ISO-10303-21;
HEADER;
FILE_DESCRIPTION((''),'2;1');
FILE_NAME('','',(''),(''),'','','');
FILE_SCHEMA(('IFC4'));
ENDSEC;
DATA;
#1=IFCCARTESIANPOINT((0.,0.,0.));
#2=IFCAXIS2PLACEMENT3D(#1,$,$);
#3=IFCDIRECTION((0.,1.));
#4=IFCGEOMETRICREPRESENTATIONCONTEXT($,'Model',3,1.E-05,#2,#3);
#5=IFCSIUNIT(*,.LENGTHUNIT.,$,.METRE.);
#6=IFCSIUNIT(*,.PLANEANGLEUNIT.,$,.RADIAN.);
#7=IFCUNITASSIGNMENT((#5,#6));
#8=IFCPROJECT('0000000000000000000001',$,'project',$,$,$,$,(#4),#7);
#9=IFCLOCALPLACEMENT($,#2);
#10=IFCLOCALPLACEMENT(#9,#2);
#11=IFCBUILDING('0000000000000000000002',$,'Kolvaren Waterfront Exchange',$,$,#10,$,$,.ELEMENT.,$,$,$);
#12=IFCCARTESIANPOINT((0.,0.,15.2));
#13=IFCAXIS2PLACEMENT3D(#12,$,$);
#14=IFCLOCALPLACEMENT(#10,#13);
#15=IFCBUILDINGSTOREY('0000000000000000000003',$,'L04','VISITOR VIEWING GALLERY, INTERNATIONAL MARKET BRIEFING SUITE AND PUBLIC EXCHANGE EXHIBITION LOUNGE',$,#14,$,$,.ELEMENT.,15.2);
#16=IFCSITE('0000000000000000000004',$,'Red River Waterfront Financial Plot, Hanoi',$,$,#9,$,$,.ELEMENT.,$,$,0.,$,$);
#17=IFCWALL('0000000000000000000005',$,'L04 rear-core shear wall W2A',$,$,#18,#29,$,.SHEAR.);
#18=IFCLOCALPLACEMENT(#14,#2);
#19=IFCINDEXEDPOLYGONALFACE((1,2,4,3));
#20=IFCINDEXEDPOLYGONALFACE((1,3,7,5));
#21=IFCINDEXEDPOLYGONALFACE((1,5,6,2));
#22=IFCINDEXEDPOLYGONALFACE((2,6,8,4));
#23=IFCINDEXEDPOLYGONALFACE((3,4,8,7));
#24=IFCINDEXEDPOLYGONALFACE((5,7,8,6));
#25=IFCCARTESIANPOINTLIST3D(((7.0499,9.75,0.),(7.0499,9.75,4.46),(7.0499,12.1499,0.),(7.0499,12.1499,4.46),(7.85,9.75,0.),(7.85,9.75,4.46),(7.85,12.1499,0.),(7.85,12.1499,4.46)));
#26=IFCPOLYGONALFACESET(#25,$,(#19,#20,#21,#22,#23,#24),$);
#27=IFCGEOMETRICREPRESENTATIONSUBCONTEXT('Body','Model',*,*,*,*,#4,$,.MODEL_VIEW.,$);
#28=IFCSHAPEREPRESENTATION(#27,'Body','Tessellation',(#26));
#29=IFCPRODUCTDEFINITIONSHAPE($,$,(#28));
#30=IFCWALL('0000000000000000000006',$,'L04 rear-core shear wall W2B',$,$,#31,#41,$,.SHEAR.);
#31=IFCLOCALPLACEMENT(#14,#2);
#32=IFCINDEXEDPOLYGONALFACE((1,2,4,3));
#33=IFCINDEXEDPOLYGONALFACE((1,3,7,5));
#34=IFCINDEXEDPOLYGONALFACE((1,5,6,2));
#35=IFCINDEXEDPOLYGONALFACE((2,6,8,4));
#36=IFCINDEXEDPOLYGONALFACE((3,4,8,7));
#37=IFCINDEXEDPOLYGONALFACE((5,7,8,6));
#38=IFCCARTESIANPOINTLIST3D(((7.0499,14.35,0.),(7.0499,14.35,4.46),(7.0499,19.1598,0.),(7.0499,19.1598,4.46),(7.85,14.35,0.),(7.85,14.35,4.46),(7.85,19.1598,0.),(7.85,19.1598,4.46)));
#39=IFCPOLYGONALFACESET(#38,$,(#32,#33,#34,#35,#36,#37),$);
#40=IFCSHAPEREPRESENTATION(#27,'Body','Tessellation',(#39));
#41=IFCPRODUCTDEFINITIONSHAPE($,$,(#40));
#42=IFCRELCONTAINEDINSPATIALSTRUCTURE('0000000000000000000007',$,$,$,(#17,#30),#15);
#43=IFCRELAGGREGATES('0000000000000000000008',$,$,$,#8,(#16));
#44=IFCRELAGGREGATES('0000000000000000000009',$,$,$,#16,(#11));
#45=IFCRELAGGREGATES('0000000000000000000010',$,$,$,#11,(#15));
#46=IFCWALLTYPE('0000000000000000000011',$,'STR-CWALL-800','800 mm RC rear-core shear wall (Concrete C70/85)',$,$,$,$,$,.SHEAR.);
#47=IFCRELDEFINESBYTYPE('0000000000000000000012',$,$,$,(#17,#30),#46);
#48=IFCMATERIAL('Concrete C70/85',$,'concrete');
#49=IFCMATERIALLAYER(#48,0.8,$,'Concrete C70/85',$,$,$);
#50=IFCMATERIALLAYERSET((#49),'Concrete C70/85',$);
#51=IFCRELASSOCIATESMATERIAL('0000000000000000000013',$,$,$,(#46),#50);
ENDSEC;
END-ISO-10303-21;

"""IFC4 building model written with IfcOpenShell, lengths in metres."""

from ifc_helpers import new_model, si_unit, direction, frame, frame_2d, origin, place, context, subcontext, project, spatial, rectangle, extrude, material, layer, layer_set, type_object, element, save


model = new_model("IFC4")

# Units and contexts
model_context = context("Model", 3, precision=1e-05, world=origin(), true_north=direction((0.0, 1.0)))
body_context = subcontext(model_context, "Body", "Model", "MODEL_VIEW")
ifc_project = project(units=[si_unit("LENGTHUNIT", "METRE"), si_unit("PLANEANGLEUNIT", "RADIAN")], contexts=[model_context])

# Site, building, storey
site_placement = place(None, origin())
site = spatial("IfcSite", under=ifc_project, at=site_placement, Name="Red River Waterfront Financial Plot, Hanoi", CompositionType="ELEMENT", RefElevation=0.0)
building_placement = place(site_placement, origin())
building = spatial("IfcBuilding", under=site, at=building_placement, Name="Kolvaren Waterfront Exchange", CompositionType="ELEMENT")
storey_placement = place(building_placement, frame((0.0, 0.0, 15.2)))
storey = spatial("IfcBuildingStorey", under=building, at=storey_placement, Name="L04", Description="VISITOR VIEWING GALLERY, INTERNATIONAL MARKET BRIEFING SUITE AND PUBLIC EXCHANGE EXHIBITION LOUNGE", CompositionType="ELEMENT", Elevation=15.2)

# Shared definitions
ifc_material_1 = material(Name="Concrete C70/85", Category="concrete")

# Walls
ifc_layer_1 = layer(ifc_material_1, 0.8, Name="Concrete C70/85")
ifc_layer_set_1 = layer_set([ifc_layer_1], Name="Concrete C70/85")
wall_type_1 = type_object("IfcWallType", Name="STR-CWALL-800", Description="800 mm RC rear-core shear wall (Concrete C70/85)", PredefinedType="SHEAR", material=ifc_layer_set_1)
wall_1_placement = place(storey_placement, frame((7.45, 9.75, 0.0), z_axis=(0.0, 0.0, 1.0), x_axis=(0.0, 1.0, 0.0)))
element("IfcWall", 1, at=wall_1_placement, inside=storey, type_object=wall_type_1, Name="L04 rear-core shear wall W2A", PredefinedType="SHEAR", context=body_context, shape_type="SweptSolid", body=[
    extrude(rectangle(XDim=2.3999, YDim=0.8, at=frame_2d((1.2, 0.0))), origin(), (0.0, 0.0, 1.0), 4.46),
])
wall_2_placement = place(storey_placement, frame((7.45, 14.3501, 0.0), z_axis=(0.0, 0.0, 1.0), x_axis=(0.0, 1.0, 0.0)))
element("IfcWall", 2, at=wall_2_placement, inside=storey, type_object=wall_type_1, Name="L04 rear-core shear wall W2B", PredefinedType="SHEAR", context=body_context, shape_type="SweptSolid", body=[
    extrude(rectangle(XDim=4.8098, YDim=0.8, at=frame_2d((2.4048, 0.0))), origin(), (0.0, 0.0, 1.0), 4.46),
])

save(model, "model.ifc")
